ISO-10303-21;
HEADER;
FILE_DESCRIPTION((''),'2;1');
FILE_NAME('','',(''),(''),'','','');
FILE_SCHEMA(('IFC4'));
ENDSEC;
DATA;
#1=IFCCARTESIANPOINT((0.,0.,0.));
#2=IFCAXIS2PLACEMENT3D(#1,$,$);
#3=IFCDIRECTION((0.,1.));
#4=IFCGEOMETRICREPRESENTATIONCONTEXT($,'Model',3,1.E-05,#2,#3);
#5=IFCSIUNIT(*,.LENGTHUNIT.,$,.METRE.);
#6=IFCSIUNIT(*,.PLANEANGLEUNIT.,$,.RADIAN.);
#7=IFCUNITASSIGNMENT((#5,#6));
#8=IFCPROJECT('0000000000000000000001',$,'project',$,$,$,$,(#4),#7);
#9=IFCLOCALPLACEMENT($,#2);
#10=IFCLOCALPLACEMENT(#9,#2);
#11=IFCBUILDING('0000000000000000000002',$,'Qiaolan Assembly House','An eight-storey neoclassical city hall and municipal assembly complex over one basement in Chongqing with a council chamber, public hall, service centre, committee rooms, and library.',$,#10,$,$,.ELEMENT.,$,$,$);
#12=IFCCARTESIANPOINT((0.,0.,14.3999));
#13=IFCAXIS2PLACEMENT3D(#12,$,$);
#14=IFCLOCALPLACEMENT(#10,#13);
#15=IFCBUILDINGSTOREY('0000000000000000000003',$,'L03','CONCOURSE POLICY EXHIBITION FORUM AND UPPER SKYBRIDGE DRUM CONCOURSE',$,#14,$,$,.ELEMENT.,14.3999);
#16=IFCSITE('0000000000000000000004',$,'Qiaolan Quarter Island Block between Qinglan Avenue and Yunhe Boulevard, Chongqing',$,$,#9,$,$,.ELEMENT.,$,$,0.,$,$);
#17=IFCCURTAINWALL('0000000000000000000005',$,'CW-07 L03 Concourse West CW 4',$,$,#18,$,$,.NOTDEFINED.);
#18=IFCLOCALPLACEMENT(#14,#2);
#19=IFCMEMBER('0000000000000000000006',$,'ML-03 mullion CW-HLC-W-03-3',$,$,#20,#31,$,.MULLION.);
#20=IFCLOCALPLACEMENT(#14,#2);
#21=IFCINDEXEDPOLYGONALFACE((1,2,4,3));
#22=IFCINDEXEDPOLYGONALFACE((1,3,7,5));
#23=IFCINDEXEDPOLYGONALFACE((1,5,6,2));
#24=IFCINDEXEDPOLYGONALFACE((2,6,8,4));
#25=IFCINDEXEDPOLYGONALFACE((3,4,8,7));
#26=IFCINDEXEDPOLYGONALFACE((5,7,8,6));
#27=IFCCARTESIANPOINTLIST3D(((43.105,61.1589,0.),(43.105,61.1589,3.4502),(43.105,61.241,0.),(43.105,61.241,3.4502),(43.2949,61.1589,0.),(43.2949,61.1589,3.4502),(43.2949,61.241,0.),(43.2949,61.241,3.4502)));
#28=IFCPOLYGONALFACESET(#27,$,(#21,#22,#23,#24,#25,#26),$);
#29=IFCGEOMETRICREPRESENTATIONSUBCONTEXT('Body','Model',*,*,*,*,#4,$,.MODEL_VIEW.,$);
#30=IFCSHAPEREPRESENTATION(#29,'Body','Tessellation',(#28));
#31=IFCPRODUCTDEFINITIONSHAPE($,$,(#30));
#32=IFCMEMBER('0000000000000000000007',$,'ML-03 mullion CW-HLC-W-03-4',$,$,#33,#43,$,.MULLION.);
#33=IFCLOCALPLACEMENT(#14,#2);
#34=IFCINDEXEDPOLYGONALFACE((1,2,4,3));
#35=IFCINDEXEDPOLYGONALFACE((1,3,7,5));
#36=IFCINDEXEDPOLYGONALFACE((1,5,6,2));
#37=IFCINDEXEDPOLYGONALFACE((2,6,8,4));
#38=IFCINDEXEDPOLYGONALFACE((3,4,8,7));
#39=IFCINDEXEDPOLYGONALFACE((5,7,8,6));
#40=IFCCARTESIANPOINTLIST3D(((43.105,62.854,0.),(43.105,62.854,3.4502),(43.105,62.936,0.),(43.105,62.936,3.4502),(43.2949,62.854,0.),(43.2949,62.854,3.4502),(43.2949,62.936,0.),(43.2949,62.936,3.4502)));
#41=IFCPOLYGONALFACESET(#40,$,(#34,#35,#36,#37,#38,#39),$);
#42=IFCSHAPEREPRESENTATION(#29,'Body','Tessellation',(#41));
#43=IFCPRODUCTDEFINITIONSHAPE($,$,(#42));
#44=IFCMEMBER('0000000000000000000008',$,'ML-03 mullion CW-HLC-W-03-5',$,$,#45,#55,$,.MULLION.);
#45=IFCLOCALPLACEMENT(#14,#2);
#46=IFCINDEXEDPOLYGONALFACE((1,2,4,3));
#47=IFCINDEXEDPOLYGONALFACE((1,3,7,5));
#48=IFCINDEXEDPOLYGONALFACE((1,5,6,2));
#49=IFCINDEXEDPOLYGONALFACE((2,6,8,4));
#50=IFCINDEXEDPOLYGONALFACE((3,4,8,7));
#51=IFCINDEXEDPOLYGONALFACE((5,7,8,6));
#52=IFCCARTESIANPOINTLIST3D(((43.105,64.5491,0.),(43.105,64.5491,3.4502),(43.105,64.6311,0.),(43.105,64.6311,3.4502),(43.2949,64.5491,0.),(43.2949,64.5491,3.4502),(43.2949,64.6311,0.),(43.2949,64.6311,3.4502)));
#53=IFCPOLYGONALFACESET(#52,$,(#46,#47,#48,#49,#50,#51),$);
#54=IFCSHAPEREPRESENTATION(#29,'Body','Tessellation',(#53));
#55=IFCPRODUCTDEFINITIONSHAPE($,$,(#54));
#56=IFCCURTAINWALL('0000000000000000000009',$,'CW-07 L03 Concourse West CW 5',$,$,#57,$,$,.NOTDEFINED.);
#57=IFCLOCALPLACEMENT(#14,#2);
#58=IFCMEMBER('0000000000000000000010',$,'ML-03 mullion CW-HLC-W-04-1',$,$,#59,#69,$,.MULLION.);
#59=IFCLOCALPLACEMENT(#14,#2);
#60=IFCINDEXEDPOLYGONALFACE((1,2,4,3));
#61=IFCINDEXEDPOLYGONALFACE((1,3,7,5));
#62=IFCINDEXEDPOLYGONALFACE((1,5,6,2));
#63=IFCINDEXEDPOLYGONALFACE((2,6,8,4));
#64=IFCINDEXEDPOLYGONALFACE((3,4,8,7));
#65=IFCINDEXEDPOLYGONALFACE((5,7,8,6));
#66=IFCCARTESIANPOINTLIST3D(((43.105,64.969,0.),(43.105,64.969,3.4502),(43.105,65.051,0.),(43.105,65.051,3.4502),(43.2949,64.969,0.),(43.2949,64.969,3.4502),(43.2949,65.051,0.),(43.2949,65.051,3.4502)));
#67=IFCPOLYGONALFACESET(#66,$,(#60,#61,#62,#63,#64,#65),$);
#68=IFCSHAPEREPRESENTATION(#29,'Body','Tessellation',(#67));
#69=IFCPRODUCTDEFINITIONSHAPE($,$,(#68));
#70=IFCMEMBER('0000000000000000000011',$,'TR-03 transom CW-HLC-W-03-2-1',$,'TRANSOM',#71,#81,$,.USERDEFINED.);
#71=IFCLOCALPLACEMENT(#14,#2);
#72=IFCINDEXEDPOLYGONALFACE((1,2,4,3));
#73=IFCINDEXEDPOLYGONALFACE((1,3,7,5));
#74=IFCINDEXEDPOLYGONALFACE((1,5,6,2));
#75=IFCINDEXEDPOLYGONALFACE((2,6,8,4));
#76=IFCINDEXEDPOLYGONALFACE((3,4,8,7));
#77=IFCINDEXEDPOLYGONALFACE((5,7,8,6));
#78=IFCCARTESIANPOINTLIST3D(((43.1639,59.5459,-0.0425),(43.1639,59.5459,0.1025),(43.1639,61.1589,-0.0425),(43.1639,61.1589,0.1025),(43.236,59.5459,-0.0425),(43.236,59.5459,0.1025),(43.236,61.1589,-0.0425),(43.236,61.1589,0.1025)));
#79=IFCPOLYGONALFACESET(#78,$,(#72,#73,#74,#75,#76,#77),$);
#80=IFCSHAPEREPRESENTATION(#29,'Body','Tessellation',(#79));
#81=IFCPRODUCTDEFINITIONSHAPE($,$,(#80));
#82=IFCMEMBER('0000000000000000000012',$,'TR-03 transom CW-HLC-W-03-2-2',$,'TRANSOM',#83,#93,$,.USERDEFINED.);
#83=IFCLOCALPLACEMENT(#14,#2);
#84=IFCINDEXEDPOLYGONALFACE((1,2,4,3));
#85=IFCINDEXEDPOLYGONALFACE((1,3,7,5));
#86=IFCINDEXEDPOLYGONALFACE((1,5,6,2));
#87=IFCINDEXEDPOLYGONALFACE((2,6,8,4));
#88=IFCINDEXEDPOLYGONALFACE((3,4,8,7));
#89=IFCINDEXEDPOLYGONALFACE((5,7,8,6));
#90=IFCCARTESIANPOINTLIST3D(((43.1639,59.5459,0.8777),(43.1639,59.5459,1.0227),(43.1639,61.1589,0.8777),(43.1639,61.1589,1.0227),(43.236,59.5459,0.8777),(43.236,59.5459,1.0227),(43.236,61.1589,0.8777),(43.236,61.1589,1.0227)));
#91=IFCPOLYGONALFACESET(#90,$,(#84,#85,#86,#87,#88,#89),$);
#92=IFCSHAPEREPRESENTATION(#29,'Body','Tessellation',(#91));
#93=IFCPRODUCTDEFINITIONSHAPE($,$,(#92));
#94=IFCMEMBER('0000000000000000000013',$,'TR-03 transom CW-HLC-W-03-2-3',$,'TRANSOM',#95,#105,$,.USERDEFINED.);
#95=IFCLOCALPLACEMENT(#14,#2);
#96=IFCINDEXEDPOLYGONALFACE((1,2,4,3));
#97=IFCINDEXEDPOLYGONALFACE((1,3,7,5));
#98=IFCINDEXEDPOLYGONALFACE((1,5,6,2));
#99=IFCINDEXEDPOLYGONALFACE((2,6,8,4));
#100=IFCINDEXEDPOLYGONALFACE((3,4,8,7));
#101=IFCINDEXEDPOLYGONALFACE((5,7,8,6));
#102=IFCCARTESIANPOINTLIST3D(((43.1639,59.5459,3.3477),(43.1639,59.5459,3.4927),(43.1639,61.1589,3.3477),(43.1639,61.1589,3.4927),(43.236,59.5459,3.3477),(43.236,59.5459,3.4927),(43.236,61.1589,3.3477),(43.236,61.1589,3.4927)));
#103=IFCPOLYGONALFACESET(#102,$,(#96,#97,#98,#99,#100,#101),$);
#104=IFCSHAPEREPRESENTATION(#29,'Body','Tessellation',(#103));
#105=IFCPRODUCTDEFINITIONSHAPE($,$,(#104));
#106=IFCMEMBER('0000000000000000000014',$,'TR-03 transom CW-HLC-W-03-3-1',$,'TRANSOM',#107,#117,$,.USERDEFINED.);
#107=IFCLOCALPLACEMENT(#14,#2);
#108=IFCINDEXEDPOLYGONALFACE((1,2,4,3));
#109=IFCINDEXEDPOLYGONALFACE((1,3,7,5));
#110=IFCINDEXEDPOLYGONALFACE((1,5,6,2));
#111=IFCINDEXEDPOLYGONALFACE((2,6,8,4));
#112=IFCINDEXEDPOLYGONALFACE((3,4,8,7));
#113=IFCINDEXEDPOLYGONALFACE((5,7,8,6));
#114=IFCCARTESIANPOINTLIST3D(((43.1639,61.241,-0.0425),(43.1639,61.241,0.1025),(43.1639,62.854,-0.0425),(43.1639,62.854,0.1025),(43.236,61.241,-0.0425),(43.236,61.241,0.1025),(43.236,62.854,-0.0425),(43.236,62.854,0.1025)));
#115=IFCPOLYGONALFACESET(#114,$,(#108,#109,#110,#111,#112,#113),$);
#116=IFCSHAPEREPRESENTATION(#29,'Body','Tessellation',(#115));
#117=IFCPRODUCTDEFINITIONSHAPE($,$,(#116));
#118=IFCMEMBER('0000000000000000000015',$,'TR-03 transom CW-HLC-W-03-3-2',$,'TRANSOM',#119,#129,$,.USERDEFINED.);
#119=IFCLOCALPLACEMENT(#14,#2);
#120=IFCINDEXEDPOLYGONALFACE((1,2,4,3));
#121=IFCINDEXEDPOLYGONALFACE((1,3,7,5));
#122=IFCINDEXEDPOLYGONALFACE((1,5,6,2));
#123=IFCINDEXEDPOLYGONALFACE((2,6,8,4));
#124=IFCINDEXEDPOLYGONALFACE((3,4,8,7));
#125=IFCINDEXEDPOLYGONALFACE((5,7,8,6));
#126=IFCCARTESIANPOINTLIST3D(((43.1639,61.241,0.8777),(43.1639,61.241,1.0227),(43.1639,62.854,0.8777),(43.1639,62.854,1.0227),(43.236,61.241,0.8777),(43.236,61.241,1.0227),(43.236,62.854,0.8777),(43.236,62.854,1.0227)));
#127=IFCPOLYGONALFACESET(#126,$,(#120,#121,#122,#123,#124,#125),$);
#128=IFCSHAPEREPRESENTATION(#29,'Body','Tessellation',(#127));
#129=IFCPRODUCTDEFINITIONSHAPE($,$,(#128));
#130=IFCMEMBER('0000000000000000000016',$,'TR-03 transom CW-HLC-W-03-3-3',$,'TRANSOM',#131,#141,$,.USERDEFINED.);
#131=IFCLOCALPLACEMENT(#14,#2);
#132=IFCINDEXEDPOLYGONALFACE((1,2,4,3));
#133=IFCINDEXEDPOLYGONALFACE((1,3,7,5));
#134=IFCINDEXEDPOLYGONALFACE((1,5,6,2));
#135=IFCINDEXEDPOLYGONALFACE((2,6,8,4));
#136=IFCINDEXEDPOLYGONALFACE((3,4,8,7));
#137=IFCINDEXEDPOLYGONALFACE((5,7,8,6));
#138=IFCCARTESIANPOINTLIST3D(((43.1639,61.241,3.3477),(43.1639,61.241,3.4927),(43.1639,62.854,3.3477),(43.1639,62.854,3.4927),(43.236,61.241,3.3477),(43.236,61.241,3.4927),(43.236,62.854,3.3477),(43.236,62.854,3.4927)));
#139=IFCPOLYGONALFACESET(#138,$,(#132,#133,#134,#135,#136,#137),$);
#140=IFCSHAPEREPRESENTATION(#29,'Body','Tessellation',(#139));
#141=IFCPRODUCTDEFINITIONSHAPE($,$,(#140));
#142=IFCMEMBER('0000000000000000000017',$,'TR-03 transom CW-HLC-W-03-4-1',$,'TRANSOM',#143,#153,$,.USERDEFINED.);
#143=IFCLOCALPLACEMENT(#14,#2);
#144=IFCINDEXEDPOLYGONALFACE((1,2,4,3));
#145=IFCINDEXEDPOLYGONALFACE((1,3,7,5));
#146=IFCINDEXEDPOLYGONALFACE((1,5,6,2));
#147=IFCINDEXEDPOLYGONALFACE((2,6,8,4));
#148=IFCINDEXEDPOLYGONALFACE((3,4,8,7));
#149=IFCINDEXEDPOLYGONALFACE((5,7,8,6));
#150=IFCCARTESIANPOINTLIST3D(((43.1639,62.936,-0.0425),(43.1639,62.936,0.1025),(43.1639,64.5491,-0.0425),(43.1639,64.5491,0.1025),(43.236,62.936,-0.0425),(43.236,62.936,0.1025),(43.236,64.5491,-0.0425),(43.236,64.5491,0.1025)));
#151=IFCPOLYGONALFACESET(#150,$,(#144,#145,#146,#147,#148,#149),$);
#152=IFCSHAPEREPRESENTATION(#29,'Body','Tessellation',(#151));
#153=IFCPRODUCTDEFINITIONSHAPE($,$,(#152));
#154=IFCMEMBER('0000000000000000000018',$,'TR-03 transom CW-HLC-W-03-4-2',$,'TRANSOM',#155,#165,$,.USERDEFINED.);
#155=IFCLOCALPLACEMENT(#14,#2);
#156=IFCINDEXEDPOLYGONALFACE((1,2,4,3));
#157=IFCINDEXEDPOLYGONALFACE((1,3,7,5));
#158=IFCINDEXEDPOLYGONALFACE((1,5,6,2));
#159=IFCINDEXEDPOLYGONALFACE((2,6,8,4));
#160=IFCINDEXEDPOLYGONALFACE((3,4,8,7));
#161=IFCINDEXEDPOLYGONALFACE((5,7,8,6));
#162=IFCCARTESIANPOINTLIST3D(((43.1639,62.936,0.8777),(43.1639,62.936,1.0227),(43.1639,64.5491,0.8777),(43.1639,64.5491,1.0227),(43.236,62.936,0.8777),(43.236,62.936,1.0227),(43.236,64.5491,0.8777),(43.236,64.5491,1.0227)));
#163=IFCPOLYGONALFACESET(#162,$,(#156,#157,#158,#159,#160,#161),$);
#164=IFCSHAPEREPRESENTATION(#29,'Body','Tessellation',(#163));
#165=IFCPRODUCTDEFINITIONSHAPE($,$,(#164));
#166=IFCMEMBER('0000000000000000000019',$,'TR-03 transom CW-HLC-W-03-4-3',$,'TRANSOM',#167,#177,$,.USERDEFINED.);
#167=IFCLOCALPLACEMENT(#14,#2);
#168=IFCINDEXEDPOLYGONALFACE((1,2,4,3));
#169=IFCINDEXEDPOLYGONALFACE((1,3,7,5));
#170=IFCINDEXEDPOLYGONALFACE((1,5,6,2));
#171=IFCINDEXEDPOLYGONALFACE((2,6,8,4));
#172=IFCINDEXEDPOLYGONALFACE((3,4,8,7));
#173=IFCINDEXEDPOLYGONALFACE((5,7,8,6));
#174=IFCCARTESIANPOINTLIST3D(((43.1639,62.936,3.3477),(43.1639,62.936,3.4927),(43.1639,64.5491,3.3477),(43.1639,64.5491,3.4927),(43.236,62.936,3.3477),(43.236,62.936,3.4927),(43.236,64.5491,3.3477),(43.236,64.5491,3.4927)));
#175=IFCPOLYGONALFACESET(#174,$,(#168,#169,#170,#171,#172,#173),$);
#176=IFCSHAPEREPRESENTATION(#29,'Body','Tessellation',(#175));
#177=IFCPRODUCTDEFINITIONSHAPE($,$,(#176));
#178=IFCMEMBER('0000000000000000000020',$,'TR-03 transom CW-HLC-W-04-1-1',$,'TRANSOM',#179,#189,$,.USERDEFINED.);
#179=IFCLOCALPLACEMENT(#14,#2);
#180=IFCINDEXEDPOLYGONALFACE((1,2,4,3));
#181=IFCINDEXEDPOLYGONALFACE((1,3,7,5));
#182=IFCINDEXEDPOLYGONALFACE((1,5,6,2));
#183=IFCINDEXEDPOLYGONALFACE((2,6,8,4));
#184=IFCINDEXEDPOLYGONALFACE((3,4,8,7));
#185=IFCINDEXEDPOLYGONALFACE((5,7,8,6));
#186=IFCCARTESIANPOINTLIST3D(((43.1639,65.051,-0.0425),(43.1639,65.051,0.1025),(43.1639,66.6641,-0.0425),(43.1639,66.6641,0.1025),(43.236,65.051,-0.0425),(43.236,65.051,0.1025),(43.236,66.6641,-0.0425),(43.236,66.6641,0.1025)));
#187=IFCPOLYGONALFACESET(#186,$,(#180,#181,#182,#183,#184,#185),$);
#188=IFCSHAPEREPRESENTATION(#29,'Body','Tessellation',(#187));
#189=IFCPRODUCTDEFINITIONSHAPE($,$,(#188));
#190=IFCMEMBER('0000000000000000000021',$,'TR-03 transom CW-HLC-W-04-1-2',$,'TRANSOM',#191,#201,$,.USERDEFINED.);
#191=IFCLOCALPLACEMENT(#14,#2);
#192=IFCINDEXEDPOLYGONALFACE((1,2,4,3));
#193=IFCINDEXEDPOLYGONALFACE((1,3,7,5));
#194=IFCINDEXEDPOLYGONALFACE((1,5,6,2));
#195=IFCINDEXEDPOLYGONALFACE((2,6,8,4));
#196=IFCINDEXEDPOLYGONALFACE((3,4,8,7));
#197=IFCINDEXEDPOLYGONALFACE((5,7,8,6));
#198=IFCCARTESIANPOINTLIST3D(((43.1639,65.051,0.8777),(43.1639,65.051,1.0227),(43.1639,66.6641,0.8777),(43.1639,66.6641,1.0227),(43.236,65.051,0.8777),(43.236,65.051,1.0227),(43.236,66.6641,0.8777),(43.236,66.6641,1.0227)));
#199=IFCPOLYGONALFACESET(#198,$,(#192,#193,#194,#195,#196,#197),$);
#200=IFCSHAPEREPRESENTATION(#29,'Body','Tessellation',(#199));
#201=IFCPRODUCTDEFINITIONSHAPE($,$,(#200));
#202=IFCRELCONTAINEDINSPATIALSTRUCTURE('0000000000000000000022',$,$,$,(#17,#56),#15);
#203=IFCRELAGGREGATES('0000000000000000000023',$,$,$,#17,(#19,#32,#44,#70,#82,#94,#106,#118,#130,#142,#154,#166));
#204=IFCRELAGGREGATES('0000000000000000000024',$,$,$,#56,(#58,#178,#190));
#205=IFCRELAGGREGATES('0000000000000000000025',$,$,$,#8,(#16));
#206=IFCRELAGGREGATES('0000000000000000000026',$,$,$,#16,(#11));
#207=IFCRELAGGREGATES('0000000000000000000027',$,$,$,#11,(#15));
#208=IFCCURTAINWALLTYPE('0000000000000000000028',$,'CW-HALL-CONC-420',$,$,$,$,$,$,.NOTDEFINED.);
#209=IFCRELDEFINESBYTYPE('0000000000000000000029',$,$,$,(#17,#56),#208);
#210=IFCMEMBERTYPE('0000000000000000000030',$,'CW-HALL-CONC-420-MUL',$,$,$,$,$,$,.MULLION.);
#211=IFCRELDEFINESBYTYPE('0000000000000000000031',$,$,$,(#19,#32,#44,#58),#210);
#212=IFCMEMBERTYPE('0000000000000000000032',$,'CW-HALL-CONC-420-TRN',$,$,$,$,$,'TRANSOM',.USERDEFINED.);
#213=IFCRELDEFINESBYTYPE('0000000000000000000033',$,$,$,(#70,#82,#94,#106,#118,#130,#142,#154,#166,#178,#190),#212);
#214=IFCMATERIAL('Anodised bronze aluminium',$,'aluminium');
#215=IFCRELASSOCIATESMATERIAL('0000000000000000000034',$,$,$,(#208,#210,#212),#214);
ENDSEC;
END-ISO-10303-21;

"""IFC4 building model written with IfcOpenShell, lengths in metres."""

from ifc_helpers import new_model, si_unit, direction, frame, origin, origin_2d, place, context, subcontext, project, spatial, rectangle, extrude, material, material_profile, profile_set, type_object, element, aggregate, save


model = new_model("IFC4")

# Units and contexts
model_context = context("Model", 3, precision=1e-05, world=origin(), true_north=direction((0.0, 1.0)))
body_context = subcontext(model_context, "Body", "Model", "MODEL_VIEW")
ifc_project = project(units=[si_unit("LENGTHUNIT", "METRE"), si_unit("PLANEANGLEUNIT", "RADIAN")], contexts=[model_context])

# Site, building, storey
site_placement = place(None, origin())
site = spatial("IfcSite", under=ifc_project, at=site_placement, Name="Qiaolan Quarter Island Block between Qinglan Avenue and Yunhe Boulevard, Chongqing", CompositionType="ELEMENT", RefElevation=0.0)
building_placement = place(site_placement, origin())
building = spatial("IfcBuilding", under=site, at=building_placement, Name="Qiaolan Assembly House", Description="An eight-storey neoclassical city hall and municipal assembly complex over one basement in Chongqing with a council chamber, public hall, service centre, committee rooms, and library.", CompositionType="ELEMENT")
storey_placement = place(building_placement, frame((0.0, 0.0, 14.3999)))
storey = spatial("IfcBuildingStorey", under=building, at=storey_placement, Name="L03", Description="CONCOURSE POLICY EXHIBITION FORUM AND UPPER SKYBRIDGE DRUM CONCOURSE", CompositionType="ELEMENT", Elevation=14.3999)

# Curtain wall, members
ifc_material_1 = material(Name="Anodised bronze aluminium", Category="aluminium")
curtain_wall_type = type_object("IfcCurtainWallType", Name="CW-HALL-CONC-420", PredefinedType="NOTDEFINED", material=ifc_material_1)
curtain_wall_1_placement = place(storey_placement, origin())
curtain_wall_1 = element("IfcCurtainWall", 1, at=curtain_wall_1_placement, inside=storey, type_object=curtain_wall_type, Name="CW-07 L03 Concourse West CW 4", PredefinedType="NOTDEFINED")
ifc_material_profile_1 = material_profile(ifc_material_1, rectangle(XDim=0.082, YDim=0.1899, at=origin_2d()), Name="MUL 82x190")
ifc_profile_set_1 = profile_set([ifc_material_profile_1], Name="Anodised bronze aluminium")
member_type_1 = type_object("IfcMemberType", Name="CW-HALL-CONC-420-MUL", PredefinedType="MULLION", material=ifc_profile_set_1)
member_1_placement = place(storey_placement, frame((43.2, 61.2, 0.0), z_axis=(0.0, 0.0, 1.0), x_axis=(0.0, 1.0, 0.0)))
member_1 = element("IfcMember", 2, at=member_1_placement, type_object=member_type_1, Name="ML-03 mullion CW-HLC-W-03-3", PredefinedType="MULLION", context=body_context, shape_type="SweptSolid", body=[
    extrude(rectangle(XDim=0.082, YDim=0.1899, at=origin_2d()), origin(), (0.0, 0.0, 1.0), 3.4502),
])
member_2_placement = place(storey_placement, frame((43.2, 62.895, 0.0), z_axis=(0.0, 0.0, 1.0), x_axis=(0.0, 1.0, 0.0)))
member_2 = element("IfcMember", 3, at=member_2_placement, type_object=member_type_1, Name="ML-03 mullion CW-HLC-W-03-4", PredefinedType="MULLION", context=body_context, shape_type="SweptSolid", body=[
    extrude(rectangle(XDim=0.082, YDim=0.1899, at=origin_2d()), origin(), (0.0, 0.0, 1.0), 3.4502),
])
member_3_placement = place(storey_placement, frame((43.2, 64.5901, 0.0), z_axis=(0.0, 0.0, 1.0), x_axis=(0.0, 1.0, 0.0)))
member_3 = element("IfcMember", 4, at=member_3_placement, type_object=member_type_1, Name="ML-03 mullion CW-HLC-W-03-5", PredefinedType="MULLION", context=body_context, shape_type="SweptSolid", body=[
    extrude(rectangle(XDim=0.082, YDim=0.1899, at=origin_2d()), origin(), (0.0, 0.0, 1.0), 3.4502),
])

# Curtain wall, member
curtain_wall_2_placement = place(storey_placement, origin())
curtain_wall_2 = element("IfcCurtainWall", 5, at=curtain_wall_2_placement, inside=storey, type_object=curtain_wall_type, Name="CW-07 L03 Concourse West CW 5", PredefinedType="NOTDEFINED")
member_4_placement = place(storey_placement, frame((43.2, 65.01, 0.0), z_axis=(0.0, 0.0, 1.0), x_axis=(0.0, 1.0, 0.0)))
member_4 = element("IfcMember", 6, at=member_4_placement, type_object=member_type_1, Name="ML-03 mullion CW-HLC-W-04-1", PredefinedType="MULLION", context=body_context, shape_type="SweptSolid", body=[
    extrude(rectangle(XDim=0.082, YDim=0.1899, at=origin_2d()), origin(), (0.0, 0.0, 1.0), 3.4502),
])

# Members
ifc_material_profile_2 = material_profile(ifc_material_1, rectangle(XDim=0.072, YDim=0.145, at=origin_2d()), Name="TRN 72x145")
ifc_profile_set_2 = profile_set([ifc_material_profile_2], Name="Anodised bronze aluminium")
member_type_2 = type_object("IfcMemberType", Name="CW-HALL-CONC-420-TRN", ElementType="TRANSOM", PredefinedType="USERDEFINED", material=ifc_profile_set_2)
member_5_placement = place(storey_placement, frame((43.2, 59.5459, 0.03), z_axis=(0.0, 1.0, 0.0), x_axis=(-1.0, 0.0, 0.0)))
member_5 = element("IfcMember", 7, at=member_5_placement, type_object=member_type_2, Name="TR-03 transom CW-HLC-W-03-2-1", ObjectType="TRANSOM", PredefinedType="USERDEFINED", context=body_context, shape_type="SweptSolid", body=[
    extrude(rectangle(XDim=0.072, YDim=0.145, at=origin_2d()), origin(), (0.0, 0.0, 1.0), 1.613),
])
member_6_placement = place(storey_placement, frame((43.2, 59.5459, 0.9502), z_axis=(0.0, 1.0, 0.0), x_axis=(-1.0, 0.0, 0.0)))
member_6 = element("IfcMember", 8, at=member_6_placement, type_object=member_type_2, Name="TR-03 transom CW-HLC-W-03-2-2", ObjectType="TRANSOM", PredefinedType="USERDEFINED", context=body_context, shape_type="SweptSolid", body=[
    extrude(rectangle(XDim=0.072, YDim=0.145, at=origin_2d()), origin(), (0.0, 0.0, 1.0), 1.613),
])
member_7_placement = place(storey_placement, frame((43.2, 59.5459, 3.4202), z_axis=(0.0, 1.0, 0.0), x_axis=(-1.0, 0.0, 0.0)))
member_7 = element("IfcMember", 9, at=member_7_placement, type_object=member_type_2, Name="TR-03 transom CW-HLC-W-03-2-3", ObjectType="TRANSOM", PredefinedType="USERDEFINED", context=body_context, shape_type="SweptSolid", body=[
    extrude(rectangle(XDim=0.072, YDim=0.145, at=origin_2d()), origin(), (0.0, 0.0, 1.0), 1.613),
])
member_8_placement = place(storey_placement, frame((43.2, 61.241, 0.03), z_axis=(0.0, 1.0, 0.0), x_axis=(-1.0, 0.0, 0.0)))
member_8 = element("IfcMember", 10, at=member_8_placement, type_object=member_type_2, Name="TR-03 transom CW-HLC-W-03-3-1", ObjectType="TRANSOM", PredefinedType="USERDEFINED", context=body_context, shape_type="SweptSolid", body=[
    extrude(rectangle(XDim=0.072, YDim=0.145, at=origin_2d()), origin(), (0.0, 0.0, 1.0), 1.613),
])
member_9_placement = place(storey_placement, frame((43.2, 61.241, 0.9502), z_axis=(0.0, 1.0, 0.0), x_axis=(-1.0, 0.0, 0.0)))
member_9 = element("IfcMember", 11, at=member_9_placement, type_object=member_type_2, Name="TR-03 transom CW-HLC-W-03-3-2", ObjectType="TRANSOM", PredefinedType="USERDEFINED", context=body_context, shape_type="SweptSolid", body=[
    extrude(rectangle(XDim=0.072, YDim=0.145, at=origin_2d()), origin(), (0.0, 0.0, 1.0), 1.613),
])
member_10_placement = place(storey_placement, frame((43.2, 61.241, 3.4202), z_axis=(0.0, 1.0, 0.0), x_axis=(-1.0, 0.0, 0.0)))
member_10 = element("IfcMember", 12, at=member_10_placement, type_object=member_type_2, Name="TR-03 transom CW-HLC-W-03-3-3", ObjectType="TRANSOM", PredefinedType="USERDEFINED", context=body_context, shape_type="SweptSolid", body=[
    extrude(rectangle(XDim=0.072, YDim=0.145, at=origin_2d()), origin(), (0.0, 0.0, 1.0), 1.613),
])
member_11_placement = place(storey_placement, frame((43.2, 62.936, 0.03), z_axis=(0.0, 1.0, 0.0), x_axis=(-1.0, 0.0, 0.0)))
member_11 = element("IfcMember", 13, at=member_11_placement, type_object=member_type_2, Name="TR-03 transom CW-HLC-W-03-4-1", ObjectType="TRANSOM", PredefinedType="USERDEFINED", context=body_context, shape_type="SweptSolid", body=[
    extrude(rectangle(XDim=0.072, YDim=0.145, at=origin_2d()), origin(), (0.0, 0.0, 1.0), 1.613),
])
member_12_placement = place(storey_placement, frame((43.2, 62.936, 0.9502), z_axis=(0.0, 1.0, 0.0), x_axis=(-1.0, 0.0, 0.0)))
member_12 = element("IfcMember", 14, at=member_12_placement, type_object=member_type_2, Name="TR-03 transom CW-HLC-W-03-4-2", ObjectType="TRANSOM", PredefinedType="USERDEFINED", context=body_context, shape_type="SweptSolid", body=[
    extrude(rectangle(XDim=0.072, YDim=0.145, at=origin_2d()), origin(), (0.0, 0.0, 1.0), 1.613),
])
member_13_placement = place(storey_placement, frame((43.2, 62.936, 3.4202), z_axis=(0.0, 1.0, 0.0), x_axis=(-1.0, 0.0, 0.0)))
member_13 = element("IfcMember", 15, at=member_13_placement, type_object=member_type_2, Name="TR-03 transom CW-HLC-W-03-4-3", ObjectType="TRANSOM", PredefinedType="USERDEFINED", context=body_context, shape_type="SweptSolid", body=[
    extrude(rectangle(XDim=0.072, YDim=0.145, at=origin_2d()), origin(), (0.0, 0.0, 1.0), 1.613),
])
member_14_placement = place(storey_placement, frame((43.2, 65.051, 0.03), z_axis=(0.0, 1.0, 0.0), x_axis=(-1.0, 0.0, 0.0)))
member_14 = element("IfcMember", 16, at=member_14_placement, type_object=member_type_2, Name="TR-03 transom CW-HLC-W-04-1-1", ObjectType="TRANSOM", PredefinedType="USERDEFINED", context=body_context, shape_type="SweptSolid", body=[
    extrude(rectangle(XDim=0.072, YDim=0.145, at=origin_2d()), origin(), (0.0, 0.0, 1.0), 1.613),
])
member_15_placement = place(storey_placement, frame((43.2, 65.051, 0.9502), z_axis=(0.0, 1.0, 0.0), x_axis=(-1.0, 0.0, 0.0)))
member_15 = element("IfcMember", 17, at=member_15_placement, type_object=member_type_2, Name="TR-03 transom CW-HLC-W-04-1-2", ObjectType="TRANSOM", PredefinedType="USERDEFINED", context=body_context, shape_type="SweptSolid", body=[
    extrude(rectangle(XDim=0.072, YDim=0.145, at=origin_2d()), origin(), (0.0, 0.0, 1.0), 1.613),
])

aggregate(curtain_wall_1, [member_1, member_2, member_3, member_5, member_6, member_7, member_8, member_9, member_10, member_11, member_12, member_13])
aggregate(curtain_wall_2, [member_4, member_14, member_15])

save(model, "model.ifc")
